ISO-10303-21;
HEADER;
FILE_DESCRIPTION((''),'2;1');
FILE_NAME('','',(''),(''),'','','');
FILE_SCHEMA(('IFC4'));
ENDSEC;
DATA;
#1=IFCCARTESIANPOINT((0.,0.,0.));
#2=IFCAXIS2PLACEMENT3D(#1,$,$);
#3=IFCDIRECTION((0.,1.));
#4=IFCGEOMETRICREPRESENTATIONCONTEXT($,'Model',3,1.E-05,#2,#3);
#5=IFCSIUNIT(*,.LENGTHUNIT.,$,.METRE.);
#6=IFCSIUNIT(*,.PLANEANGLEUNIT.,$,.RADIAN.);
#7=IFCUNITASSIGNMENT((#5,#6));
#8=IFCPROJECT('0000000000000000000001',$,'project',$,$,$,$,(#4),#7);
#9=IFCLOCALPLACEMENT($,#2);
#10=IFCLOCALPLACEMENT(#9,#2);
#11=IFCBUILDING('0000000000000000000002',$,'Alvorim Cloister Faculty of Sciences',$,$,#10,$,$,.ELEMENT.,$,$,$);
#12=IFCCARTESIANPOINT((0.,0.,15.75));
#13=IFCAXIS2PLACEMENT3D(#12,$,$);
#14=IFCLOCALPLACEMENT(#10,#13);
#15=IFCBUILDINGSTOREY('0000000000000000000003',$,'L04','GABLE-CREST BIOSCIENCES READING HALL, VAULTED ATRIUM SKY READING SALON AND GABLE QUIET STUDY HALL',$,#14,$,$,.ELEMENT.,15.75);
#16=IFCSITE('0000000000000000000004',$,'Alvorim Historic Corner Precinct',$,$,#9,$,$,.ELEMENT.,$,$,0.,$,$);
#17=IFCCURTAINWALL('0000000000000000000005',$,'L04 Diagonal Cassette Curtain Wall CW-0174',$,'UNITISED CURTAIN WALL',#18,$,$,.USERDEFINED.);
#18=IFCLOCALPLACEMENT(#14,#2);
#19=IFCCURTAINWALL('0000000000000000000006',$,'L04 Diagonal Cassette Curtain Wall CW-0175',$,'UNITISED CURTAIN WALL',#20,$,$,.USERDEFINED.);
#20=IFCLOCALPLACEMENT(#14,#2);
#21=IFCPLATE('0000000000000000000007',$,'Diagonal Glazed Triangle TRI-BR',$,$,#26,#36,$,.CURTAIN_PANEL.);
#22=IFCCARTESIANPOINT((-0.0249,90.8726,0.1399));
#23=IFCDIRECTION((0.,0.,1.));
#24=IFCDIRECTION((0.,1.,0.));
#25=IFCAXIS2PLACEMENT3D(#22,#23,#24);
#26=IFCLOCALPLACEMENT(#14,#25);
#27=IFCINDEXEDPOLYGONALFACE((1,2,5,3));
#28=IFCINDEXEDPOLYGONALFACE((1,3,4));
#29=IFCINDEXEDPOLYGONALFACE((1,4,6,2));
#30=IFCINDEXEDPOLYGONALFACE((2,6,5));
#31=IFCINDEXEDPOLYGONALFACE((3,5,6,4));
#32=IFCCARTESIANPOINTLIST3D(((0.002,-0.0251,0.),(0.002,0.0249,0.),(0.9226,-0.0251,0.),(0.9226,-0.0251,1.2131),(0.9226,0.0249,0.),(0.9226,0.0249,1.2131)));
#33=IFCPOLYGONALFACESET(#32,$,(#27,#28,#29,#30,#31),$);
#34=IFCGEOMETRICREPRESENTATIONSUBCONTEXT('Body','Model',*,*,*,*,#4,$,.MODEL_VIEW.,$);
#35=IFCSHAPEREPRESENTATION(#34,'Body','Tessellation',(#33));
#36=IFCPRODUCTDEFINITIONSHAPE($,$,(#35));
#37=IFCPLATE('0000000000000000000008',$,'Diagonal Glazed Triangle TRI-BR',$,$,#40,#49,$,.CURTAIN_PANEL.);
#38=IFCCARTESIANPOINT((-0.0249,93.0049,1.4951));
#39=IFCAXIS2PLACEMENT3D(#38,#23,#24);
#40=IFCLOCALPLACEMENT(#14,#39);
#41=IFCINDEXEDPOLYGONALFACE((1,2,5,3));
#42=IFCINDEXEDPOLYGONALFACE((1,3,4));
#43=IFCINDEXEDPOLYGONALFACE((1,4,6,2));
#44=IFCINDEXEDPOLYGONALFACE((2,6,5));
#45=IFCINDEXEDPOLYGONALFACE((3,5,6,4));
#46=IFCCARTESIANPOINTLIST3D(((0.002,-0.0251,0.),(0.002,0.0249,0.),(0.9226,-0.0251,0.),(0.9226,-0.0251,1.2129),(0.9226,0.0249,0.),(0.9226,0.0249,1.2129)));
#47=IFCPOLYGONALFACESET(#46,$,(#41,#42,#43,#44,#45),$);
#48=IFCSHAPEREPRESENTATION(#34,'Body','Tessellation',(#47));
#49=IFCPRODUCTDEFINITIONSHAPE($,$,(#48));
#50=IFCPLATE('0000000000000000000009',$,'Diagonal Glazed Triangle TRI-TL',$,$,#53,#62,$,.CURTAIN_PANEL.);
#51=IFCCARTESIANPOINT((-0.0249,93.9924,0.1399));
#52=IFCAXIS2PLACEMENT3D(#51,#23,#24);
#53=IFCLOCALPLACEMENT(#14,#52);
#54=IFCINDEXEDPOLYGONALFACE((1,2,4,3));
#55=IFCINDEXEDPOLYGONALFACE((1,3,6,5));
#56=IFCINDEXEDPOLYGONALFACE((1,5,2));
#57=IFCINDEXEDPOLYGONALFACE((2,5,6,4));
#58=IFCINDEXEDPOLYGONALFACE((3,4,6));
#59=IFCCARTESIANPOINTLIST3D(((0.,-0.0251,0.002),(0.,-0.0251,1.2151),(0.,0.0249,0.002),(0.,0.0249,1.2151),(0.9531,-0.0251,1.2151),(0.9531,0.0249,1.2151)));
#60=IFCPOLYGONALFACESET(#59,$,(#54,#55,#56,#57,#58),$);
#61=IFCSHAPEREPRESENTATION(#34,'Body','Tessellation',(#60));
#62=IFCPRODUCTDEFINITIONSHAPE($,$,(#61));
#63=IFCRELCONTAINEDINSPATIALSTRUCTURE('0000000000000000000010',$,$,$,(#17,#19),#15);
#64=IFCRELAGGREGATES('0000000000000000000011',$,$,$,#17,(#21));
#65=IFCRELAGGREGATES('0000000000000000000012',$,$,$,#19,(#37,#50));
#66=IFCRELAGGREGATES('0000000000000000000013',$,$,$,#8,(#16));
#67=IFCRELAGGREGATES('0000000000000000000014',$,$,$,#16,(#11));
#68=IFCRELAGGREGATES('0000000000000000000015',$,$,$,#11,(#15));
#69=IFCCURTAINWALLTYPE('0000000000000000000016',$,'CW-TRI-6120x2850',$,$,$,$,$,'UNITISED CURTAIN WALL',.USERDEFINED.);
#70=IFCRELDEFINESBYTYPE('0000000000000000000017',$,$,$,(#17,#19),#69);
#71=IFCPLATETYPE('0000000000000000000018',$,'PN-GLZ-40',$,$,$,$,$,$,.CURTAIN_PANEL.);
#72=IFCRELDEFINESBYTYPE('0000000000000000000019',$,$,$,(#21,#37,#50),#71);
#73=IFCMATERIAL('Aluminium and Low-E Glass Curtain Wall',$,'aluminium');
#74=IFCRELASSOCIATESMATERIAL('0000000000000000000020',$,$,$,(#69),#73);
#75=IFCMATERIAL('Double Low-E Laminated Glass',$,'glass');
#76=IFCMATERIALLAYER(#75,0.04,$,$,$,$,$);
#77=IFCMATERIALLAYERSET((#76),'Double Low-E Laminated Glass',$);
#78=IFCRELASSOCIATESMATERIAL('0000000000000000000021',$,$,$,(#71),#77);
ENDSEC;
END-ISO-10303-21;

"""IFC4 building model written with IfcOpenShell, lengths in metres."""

from ifc_helpers import new_model, si_unit, direction, frame, origin, place, context, subcontext, project, spatial, polyline, outline, extrude, material, layer, layer_set, type_object, element, aggregate, save


model = new_model("IFC4")

# Units and contexts
model_context = context("Model", 3, precision=1e-05, world=origin(), true_north=direction((0.0, 1.0)))
body_context = subcontext(model_context, "Body", "Model", "MODEL_VIEW")
ifc_project = project(units=[si_unit("LENGTHUNIT", "METRE"), si_unit("PLANEANGLEUNIT", "RADIAN")], contexts=[model_context])

# Site, building, storey
site_placement = place(None, origin())
site = spatial("IfcSite", under=ifc_project, at=site_placement, Name="Alvorim Historic Corner Precinct", CompositionType="ELEMENT", RefElevation=0.0)
building_placement = place(site_placement, origin())
building = spatial("IfcBuilding", under=site, at=building_placement, Name="Alvorim Cloister Faculty of Sciences", CompositionType="ELEMENT")
storey_placement = place(building_placement, frame((0.0, 0.0, 15.75)))
storey = spatial("IfcBuildingStorey", under=building, at=storey_placement, Name="L04", Description="GABLE-CREST BIOSCIENCES READING HALL, VAULTED ATRIUM SKY READING SALON AND GABLE QUIET STUDY HALL", CompositionType="ELEMENT", Elevation=15.75)

# Curtain walls
ifc_material_1 = material(Name="Aluminium and Low-E Glass Curtain Wall", Category="aluminium")
curtain_wall_type = type_object("IfcCurtainWallType", Name="CW-TRI-6120x2850", ElementType="UNITISED CURTAIN WALL", PredefinedType="USERDEFINED", material=ifc_material_1)
curtain_wall_1_placement = place(storey_placement, origin())
curtain_wall_1 = element("IfcCurtainWall", 1, at=curtain_wall_1_placement, inside=storey, type_object=curtain_wall_type, Name="L04 Diagonal Cassette Curtain Wall CW-0174", ObjectType="UNITISED CURTAIN WALL", PredefinedType="USERDEFINED")
curtain_wall_2_placement = place(storey_placement, origin())
curtain_wall_2 = element("IfcCurtainWall", 2, at=curtain_wall_2_placement, inside=storey, type_object=curtain_wall_type, Name="L04 Diagonal Cassette Curtain Wall CW-0175", ObjectType="UNITISED CURTAIN WALL", PredefinedType="USERDEFINED")

# Plates
ifc_material_2 = material(Name="Double Low-E Laminated Glass", Category="glass")
ifc_layer_1 = layer(ifc_material_2, 0.04)
ifc_layer_set_1 = layer_set([ifc_layer_1], Name="Double Low-E Laminated Glass")
plate_type = type_object("IfcPlateType", Name="PN-GLZ-40", PredefinedType="CURTAIN_PANEL", material=ifc_layer_set_1)
plate_1_placement = place(storey_placement, frame((-0.0249, 90.8726, 0.1399), z_axis=(0.0, 0.0, 1.0), x_axis=(0.0, 1.0, 0.0)))
plate_1 = element("IfcPlate", 3, at=plate_1_placement, type_object=plate_type, Name="Diagonal Glazed Triangle TRI-BR", PredefinedType="CURTAIN_PANEL", context=body_context, shape_type="SweptSolid", body=[
    extrude(outline(polyline([(0.002, 0.0), (0.9226, 0.0), (0.9226, 1.2131), (0.002, 0.0)])), frame((0.0, 0.0249, 0.0), z_axis=(0.0, -1.0, 0.0), x_axis=(1.0, 0.0, 0.0)), (0.0, 0.0, 1.0), 0.05),
])
aggregate(curtain_wall_1, [plate_1])
plate_2_placement = place(storey_placement, frame((-0.0249, 93.0049, 1.4951), z_axis=(0.0, 0.0, 1.0), x_axis=(0.0, 1.0, 0.0)))
plate_2 = element("IfcPlate", 4, at=plate_2_placement, type_object=plate_type, Name="Diagonal Glazed Triangle TRI-BR", PredefinedType="CURTAIN_PANEL", context=body_context, shape_type="SweptSolid", body=[
    extrude(outline(polyline([(0.002, 0.0), (0.9226, 0.0), (0.9226, 1.2129), (0.002, 0.0)])), frame((0.0, 0.0249, 0.0), z_axis=(0.0, -1.0, 0.0), x_axis=(1.0, 0.0, 0.0)), (0.0, 0.0, 1.0), 0.05),
])
plate_3_placement = place(storey_placement, frame((-0.0249, 93.9924, 0.1399), z_axis=(0.0, 0.0, 1.0), x_axis=(0.0, 1.0, 0.0)))
plate_3 = element("IfcPlate", 5, at=plate_3_placement, type_object=plate_type, Name="Diagonal Glazed Triangle TRI-TL", PredefinedType="CURTAIN_PANEL", context=body_context, shape_type="SweptSolid", body=[
    extrude(outline(polyline([(0.9531, 1.2151), (0.0, 1.2151), (0.0, 0.002), (0.9531, 1.2151)])), frame((0.0, 0.0249, 0.0), z_axis=(0.0, -1.0, 0.0), x_axis=(1.0, 0.0, 0.0)), (0.0, 0.0, 1.0), 0.05),
])
aggregate(curtain_wall_2, [plate_2, plate_3])

save(model, "model.ifc")
